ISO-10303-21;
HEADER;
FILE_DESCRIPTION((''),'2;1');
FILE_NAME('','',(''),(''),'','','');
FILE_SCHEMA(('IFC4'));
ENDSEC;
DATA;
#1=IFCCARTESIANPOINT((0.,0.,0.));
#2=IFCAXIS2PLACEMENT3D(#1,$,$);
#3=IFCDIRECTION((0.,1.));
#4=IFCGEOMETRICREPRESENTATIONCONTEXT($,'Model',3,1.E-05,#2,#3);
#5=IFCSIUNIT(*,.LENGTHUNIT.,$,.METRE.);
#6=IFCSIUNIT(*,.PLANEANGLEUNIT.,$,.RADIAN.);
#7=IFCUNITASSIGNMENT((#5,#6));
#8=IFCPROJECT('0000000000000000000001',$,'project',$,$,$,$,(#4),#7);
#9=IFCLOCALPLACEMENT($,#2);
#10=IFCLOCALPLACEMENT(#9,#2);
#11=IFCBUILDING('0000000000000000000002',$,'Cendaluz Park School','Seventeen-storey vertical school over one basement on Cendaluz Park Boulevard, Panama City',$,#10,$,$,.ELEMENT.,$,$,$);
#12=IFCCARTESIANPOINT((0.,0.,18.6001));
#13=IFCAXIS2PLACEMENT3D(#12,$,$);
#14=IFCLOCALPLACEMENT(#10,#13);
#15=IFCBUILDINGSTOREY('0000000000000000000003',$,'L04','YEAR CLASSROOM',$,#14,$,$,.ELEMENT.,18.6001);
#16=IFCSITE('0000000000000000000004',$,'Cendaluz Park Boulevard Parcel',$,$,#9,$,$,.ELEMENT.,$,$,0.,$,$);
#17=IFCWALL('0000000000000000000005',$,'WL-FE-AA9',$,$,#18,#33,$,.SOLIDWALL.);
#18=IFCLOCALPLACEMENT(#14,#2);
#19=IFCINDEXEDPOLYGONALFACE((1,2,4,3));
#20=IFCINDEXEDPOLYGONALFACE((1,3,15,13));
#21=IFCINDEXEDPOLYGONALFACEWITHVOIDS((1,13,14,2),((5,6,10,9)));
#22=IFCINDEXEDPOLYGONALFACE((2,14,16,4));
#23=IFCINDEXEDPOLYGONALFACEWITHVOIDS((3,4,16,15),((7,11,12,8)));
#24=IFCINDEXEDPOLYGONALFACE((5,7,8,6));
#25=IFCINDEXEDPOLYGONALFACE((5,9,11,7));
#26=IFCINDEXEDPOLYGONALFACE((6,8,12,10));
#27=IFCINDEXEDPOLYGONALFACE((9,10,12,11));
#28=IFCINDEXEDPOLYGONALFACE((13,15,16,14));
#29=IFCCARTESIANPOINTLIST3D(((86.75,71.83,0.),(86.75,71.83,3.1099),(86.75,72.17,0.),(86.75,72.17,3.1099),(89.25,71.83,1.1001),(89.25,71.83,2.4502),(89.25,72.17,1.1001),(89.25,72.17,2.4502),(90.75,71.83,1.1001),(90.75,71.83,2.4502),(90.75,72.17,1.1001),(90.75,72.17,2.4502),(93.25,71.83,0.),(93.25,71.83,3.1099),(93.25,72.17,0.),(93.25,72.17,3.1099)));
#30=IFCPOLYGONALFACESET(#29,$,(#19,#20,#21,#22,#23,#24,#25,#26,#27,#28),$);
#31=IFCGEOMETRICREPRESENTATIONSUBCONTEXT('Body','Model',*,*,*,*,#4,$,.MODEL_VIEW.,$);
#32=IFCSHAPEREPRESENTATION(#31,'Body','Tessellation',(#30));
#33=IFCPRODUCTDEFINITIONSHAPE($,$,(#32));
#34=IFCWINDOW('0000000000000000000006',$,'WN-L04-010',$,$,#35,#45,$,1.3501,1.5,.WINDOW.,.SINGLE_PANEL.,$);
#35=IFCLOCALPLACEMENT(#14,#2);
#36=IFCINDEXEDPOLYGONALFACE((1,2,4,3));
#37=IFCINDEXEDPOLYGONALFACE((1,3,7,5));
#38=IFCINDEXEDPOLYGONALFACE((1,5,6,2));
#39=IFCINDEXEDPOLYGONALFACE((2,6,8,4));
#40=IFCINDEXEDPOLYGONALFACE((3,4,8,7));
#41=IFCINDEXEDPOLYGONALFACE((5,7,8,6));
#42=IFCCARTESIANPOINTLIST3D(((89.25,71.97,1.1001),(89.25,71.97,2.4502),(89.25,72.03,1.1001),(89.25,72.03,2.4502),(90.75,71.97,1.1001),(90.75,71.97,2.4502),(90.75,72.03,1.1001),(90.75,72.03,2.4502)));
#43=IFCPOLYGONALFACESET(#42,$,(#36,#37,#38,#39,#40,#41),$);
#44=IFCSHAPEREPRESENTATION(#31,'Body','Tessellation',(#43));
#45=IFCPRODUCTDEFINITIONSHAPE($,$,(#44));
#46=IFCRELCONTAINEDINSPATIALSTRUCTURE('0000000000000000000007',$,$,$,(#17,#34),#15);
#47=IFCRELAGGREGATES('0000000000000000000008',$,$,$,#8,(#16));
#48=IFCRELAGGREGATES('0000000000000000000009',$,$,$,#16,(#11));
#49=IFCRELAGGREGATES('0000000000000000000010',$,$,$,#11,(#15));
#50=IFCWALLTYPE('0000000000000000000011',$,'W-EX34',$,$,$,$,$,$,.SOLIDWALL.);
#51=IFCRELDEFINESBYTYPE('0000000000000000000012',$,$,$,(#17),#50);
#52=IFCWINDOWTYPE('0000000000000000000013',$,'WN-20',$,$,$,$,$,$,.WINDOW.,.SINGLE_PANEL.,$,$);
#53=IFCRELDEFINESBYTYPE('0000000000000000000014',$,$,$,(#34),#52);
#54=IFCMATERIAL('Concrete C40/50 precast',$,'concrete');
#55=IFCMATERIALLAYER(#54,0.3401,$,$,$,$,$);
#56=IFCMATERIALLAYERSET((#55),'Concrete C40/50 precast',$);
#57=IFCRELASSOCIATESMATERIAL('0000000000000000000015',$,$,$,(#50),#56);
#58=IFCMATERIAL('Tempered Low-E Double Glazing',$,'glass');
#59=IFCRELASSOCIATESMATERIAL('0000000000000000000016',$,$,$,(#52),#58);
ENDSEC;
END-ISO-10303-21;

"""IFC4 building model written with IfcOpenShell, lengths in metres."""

from ifc_helpers import new_model, si_unit, direction, frame, frame_2d, origin, place, context, subcontext, project, spatial, rectangle, extrude, material, layer, layer_set, type_object, element, fill, save


model = new_model("IFC4")

# Units and contexts
model_context = context("Model", 3, precision=1e-05, world=origin(), true_north=direction((0.0, 1.0)))
body_context = subcontext(model_context, "Body", "Model", "MODEL_VIEW")
ifc_project = project(units=[si_unit("LENGTHUNIT", "METRE"), si_unit("PLANEANGLEUNIT", "RADIAN")], contexts=[model_context])

# Site, building, storey
site_placement = place(None, origin())
site = spatial("IfcSite", under=ifc_project, at=site_placement, Name="Cendaluz Park Boulevard Parcel", CompositionType="ELEMENT", RefElevation=0.0)
building_placement = place(site_placement, origin())
building = spatial("IfcBuilding", under=site, at=building_placement, Name="Cendaluz Park School", Description="Seventeen-storey vertical school over one basement on Cendaluz Park Boulevard, Panama City", CompositionType="ELEMENT")
storey_placement = place(building_placement, frame((0.0, 0.0, 18.6001)))
storey = spatial("IfcBuildingStorey", under=building, at=storey_placement, Name="L04", Description="YEAR CLASSROOM", CompositionType="ELEMENT", Elevation=18.6001)

# Shared definitions
ifc_material_1 = material(Name="Tempered Low-E Double Glazing", Category="glass")

# Wall, opening, window
ifc_material_2 = material(Name="Concrete C40/50 precast", Category="concrete")
ifc_layer_1 = layer(ifc_material_2, 0.3401)
ifc_layer_set_1 = layer_set([ifc_layer_1], Name="Concrete C40/50 precast")
wall_type_1 = type_object("IfcWallType", Name="W-EX34", PredefinedType="SOLIDWALL", material=ifc_layer_set_1)
wall_1_placement = place(storey_placement, frame((86.75, 72.0, 0.0), z_axis=(0.0, 0.0, 1.0), x_axis=(1.0, 0.0, 0.0)))
wall_1 = element("IfcWall", 1, at=wall_1_placement, inside=storey, type_object=wall_type_1, Name="WL-FE-AA9", PredefinedType="SOLIDWALL", context=body_context, shape_type="SweptSolid", body=[
    extrude(rectangle(XDim=6.5, YDim=0.3401, at=frame_2d((3.25, 0.0))), origin(), (0.0, 0.0, 1.0), 3.1099),
])
opening_1_placement = place(wall_1_placement, frame((2.5, 0.0, 1.1001)))
opening_1 = element("IfcOpeningElement", 2, at=opening_1_placement, cuts=wall_1, PredefinedType="OPENING", context=body_context, shape_type="SweptSolid", body=[
    extrude(rectangle(XDim=1.5, YDim=1.3501, at=frame_2d((0.75, 0.675))), frame((0.0, 0.1821, 0.0), z_axis=(0.0, -1.0, 0.0), x_axis=(1.0, 0.0, 0.0)), (0.0, 0.0, 1.0), 0.364),
])
window_type = type_object("IfcWindowType", Name="WN-20", PartitioningType="SINGLE_PANEL", PredefinedType="WINDOW", material=ifc_material_1)
window_placement = place(opening_1_placement, origin())
window = element("IfcWindow", 3, at=window_placement, inside=storey, type_object=window_type, Name="WN-L04-010", OverallHeight=1.3501, OverallWidth=1.5, PartitioningType="SINGLE_PANEL", PredefinedType="WINDOW", context=body_context, shape_type="SweptSolid", body=[
    extrude(rectangle(XDim=1.5, YDim=1.3501, at=frame_2d((0.75, 0.675))), frame((0.0, 0.03, 0.0), z_axis=(0.0, -1.0, 0.0), x_axis=(1.0, 0.0, 0.0)), (0.0, 0.0, 1.0), 0.0601),
])
fill(opening_1, window)

save(model, "model.ifc")
